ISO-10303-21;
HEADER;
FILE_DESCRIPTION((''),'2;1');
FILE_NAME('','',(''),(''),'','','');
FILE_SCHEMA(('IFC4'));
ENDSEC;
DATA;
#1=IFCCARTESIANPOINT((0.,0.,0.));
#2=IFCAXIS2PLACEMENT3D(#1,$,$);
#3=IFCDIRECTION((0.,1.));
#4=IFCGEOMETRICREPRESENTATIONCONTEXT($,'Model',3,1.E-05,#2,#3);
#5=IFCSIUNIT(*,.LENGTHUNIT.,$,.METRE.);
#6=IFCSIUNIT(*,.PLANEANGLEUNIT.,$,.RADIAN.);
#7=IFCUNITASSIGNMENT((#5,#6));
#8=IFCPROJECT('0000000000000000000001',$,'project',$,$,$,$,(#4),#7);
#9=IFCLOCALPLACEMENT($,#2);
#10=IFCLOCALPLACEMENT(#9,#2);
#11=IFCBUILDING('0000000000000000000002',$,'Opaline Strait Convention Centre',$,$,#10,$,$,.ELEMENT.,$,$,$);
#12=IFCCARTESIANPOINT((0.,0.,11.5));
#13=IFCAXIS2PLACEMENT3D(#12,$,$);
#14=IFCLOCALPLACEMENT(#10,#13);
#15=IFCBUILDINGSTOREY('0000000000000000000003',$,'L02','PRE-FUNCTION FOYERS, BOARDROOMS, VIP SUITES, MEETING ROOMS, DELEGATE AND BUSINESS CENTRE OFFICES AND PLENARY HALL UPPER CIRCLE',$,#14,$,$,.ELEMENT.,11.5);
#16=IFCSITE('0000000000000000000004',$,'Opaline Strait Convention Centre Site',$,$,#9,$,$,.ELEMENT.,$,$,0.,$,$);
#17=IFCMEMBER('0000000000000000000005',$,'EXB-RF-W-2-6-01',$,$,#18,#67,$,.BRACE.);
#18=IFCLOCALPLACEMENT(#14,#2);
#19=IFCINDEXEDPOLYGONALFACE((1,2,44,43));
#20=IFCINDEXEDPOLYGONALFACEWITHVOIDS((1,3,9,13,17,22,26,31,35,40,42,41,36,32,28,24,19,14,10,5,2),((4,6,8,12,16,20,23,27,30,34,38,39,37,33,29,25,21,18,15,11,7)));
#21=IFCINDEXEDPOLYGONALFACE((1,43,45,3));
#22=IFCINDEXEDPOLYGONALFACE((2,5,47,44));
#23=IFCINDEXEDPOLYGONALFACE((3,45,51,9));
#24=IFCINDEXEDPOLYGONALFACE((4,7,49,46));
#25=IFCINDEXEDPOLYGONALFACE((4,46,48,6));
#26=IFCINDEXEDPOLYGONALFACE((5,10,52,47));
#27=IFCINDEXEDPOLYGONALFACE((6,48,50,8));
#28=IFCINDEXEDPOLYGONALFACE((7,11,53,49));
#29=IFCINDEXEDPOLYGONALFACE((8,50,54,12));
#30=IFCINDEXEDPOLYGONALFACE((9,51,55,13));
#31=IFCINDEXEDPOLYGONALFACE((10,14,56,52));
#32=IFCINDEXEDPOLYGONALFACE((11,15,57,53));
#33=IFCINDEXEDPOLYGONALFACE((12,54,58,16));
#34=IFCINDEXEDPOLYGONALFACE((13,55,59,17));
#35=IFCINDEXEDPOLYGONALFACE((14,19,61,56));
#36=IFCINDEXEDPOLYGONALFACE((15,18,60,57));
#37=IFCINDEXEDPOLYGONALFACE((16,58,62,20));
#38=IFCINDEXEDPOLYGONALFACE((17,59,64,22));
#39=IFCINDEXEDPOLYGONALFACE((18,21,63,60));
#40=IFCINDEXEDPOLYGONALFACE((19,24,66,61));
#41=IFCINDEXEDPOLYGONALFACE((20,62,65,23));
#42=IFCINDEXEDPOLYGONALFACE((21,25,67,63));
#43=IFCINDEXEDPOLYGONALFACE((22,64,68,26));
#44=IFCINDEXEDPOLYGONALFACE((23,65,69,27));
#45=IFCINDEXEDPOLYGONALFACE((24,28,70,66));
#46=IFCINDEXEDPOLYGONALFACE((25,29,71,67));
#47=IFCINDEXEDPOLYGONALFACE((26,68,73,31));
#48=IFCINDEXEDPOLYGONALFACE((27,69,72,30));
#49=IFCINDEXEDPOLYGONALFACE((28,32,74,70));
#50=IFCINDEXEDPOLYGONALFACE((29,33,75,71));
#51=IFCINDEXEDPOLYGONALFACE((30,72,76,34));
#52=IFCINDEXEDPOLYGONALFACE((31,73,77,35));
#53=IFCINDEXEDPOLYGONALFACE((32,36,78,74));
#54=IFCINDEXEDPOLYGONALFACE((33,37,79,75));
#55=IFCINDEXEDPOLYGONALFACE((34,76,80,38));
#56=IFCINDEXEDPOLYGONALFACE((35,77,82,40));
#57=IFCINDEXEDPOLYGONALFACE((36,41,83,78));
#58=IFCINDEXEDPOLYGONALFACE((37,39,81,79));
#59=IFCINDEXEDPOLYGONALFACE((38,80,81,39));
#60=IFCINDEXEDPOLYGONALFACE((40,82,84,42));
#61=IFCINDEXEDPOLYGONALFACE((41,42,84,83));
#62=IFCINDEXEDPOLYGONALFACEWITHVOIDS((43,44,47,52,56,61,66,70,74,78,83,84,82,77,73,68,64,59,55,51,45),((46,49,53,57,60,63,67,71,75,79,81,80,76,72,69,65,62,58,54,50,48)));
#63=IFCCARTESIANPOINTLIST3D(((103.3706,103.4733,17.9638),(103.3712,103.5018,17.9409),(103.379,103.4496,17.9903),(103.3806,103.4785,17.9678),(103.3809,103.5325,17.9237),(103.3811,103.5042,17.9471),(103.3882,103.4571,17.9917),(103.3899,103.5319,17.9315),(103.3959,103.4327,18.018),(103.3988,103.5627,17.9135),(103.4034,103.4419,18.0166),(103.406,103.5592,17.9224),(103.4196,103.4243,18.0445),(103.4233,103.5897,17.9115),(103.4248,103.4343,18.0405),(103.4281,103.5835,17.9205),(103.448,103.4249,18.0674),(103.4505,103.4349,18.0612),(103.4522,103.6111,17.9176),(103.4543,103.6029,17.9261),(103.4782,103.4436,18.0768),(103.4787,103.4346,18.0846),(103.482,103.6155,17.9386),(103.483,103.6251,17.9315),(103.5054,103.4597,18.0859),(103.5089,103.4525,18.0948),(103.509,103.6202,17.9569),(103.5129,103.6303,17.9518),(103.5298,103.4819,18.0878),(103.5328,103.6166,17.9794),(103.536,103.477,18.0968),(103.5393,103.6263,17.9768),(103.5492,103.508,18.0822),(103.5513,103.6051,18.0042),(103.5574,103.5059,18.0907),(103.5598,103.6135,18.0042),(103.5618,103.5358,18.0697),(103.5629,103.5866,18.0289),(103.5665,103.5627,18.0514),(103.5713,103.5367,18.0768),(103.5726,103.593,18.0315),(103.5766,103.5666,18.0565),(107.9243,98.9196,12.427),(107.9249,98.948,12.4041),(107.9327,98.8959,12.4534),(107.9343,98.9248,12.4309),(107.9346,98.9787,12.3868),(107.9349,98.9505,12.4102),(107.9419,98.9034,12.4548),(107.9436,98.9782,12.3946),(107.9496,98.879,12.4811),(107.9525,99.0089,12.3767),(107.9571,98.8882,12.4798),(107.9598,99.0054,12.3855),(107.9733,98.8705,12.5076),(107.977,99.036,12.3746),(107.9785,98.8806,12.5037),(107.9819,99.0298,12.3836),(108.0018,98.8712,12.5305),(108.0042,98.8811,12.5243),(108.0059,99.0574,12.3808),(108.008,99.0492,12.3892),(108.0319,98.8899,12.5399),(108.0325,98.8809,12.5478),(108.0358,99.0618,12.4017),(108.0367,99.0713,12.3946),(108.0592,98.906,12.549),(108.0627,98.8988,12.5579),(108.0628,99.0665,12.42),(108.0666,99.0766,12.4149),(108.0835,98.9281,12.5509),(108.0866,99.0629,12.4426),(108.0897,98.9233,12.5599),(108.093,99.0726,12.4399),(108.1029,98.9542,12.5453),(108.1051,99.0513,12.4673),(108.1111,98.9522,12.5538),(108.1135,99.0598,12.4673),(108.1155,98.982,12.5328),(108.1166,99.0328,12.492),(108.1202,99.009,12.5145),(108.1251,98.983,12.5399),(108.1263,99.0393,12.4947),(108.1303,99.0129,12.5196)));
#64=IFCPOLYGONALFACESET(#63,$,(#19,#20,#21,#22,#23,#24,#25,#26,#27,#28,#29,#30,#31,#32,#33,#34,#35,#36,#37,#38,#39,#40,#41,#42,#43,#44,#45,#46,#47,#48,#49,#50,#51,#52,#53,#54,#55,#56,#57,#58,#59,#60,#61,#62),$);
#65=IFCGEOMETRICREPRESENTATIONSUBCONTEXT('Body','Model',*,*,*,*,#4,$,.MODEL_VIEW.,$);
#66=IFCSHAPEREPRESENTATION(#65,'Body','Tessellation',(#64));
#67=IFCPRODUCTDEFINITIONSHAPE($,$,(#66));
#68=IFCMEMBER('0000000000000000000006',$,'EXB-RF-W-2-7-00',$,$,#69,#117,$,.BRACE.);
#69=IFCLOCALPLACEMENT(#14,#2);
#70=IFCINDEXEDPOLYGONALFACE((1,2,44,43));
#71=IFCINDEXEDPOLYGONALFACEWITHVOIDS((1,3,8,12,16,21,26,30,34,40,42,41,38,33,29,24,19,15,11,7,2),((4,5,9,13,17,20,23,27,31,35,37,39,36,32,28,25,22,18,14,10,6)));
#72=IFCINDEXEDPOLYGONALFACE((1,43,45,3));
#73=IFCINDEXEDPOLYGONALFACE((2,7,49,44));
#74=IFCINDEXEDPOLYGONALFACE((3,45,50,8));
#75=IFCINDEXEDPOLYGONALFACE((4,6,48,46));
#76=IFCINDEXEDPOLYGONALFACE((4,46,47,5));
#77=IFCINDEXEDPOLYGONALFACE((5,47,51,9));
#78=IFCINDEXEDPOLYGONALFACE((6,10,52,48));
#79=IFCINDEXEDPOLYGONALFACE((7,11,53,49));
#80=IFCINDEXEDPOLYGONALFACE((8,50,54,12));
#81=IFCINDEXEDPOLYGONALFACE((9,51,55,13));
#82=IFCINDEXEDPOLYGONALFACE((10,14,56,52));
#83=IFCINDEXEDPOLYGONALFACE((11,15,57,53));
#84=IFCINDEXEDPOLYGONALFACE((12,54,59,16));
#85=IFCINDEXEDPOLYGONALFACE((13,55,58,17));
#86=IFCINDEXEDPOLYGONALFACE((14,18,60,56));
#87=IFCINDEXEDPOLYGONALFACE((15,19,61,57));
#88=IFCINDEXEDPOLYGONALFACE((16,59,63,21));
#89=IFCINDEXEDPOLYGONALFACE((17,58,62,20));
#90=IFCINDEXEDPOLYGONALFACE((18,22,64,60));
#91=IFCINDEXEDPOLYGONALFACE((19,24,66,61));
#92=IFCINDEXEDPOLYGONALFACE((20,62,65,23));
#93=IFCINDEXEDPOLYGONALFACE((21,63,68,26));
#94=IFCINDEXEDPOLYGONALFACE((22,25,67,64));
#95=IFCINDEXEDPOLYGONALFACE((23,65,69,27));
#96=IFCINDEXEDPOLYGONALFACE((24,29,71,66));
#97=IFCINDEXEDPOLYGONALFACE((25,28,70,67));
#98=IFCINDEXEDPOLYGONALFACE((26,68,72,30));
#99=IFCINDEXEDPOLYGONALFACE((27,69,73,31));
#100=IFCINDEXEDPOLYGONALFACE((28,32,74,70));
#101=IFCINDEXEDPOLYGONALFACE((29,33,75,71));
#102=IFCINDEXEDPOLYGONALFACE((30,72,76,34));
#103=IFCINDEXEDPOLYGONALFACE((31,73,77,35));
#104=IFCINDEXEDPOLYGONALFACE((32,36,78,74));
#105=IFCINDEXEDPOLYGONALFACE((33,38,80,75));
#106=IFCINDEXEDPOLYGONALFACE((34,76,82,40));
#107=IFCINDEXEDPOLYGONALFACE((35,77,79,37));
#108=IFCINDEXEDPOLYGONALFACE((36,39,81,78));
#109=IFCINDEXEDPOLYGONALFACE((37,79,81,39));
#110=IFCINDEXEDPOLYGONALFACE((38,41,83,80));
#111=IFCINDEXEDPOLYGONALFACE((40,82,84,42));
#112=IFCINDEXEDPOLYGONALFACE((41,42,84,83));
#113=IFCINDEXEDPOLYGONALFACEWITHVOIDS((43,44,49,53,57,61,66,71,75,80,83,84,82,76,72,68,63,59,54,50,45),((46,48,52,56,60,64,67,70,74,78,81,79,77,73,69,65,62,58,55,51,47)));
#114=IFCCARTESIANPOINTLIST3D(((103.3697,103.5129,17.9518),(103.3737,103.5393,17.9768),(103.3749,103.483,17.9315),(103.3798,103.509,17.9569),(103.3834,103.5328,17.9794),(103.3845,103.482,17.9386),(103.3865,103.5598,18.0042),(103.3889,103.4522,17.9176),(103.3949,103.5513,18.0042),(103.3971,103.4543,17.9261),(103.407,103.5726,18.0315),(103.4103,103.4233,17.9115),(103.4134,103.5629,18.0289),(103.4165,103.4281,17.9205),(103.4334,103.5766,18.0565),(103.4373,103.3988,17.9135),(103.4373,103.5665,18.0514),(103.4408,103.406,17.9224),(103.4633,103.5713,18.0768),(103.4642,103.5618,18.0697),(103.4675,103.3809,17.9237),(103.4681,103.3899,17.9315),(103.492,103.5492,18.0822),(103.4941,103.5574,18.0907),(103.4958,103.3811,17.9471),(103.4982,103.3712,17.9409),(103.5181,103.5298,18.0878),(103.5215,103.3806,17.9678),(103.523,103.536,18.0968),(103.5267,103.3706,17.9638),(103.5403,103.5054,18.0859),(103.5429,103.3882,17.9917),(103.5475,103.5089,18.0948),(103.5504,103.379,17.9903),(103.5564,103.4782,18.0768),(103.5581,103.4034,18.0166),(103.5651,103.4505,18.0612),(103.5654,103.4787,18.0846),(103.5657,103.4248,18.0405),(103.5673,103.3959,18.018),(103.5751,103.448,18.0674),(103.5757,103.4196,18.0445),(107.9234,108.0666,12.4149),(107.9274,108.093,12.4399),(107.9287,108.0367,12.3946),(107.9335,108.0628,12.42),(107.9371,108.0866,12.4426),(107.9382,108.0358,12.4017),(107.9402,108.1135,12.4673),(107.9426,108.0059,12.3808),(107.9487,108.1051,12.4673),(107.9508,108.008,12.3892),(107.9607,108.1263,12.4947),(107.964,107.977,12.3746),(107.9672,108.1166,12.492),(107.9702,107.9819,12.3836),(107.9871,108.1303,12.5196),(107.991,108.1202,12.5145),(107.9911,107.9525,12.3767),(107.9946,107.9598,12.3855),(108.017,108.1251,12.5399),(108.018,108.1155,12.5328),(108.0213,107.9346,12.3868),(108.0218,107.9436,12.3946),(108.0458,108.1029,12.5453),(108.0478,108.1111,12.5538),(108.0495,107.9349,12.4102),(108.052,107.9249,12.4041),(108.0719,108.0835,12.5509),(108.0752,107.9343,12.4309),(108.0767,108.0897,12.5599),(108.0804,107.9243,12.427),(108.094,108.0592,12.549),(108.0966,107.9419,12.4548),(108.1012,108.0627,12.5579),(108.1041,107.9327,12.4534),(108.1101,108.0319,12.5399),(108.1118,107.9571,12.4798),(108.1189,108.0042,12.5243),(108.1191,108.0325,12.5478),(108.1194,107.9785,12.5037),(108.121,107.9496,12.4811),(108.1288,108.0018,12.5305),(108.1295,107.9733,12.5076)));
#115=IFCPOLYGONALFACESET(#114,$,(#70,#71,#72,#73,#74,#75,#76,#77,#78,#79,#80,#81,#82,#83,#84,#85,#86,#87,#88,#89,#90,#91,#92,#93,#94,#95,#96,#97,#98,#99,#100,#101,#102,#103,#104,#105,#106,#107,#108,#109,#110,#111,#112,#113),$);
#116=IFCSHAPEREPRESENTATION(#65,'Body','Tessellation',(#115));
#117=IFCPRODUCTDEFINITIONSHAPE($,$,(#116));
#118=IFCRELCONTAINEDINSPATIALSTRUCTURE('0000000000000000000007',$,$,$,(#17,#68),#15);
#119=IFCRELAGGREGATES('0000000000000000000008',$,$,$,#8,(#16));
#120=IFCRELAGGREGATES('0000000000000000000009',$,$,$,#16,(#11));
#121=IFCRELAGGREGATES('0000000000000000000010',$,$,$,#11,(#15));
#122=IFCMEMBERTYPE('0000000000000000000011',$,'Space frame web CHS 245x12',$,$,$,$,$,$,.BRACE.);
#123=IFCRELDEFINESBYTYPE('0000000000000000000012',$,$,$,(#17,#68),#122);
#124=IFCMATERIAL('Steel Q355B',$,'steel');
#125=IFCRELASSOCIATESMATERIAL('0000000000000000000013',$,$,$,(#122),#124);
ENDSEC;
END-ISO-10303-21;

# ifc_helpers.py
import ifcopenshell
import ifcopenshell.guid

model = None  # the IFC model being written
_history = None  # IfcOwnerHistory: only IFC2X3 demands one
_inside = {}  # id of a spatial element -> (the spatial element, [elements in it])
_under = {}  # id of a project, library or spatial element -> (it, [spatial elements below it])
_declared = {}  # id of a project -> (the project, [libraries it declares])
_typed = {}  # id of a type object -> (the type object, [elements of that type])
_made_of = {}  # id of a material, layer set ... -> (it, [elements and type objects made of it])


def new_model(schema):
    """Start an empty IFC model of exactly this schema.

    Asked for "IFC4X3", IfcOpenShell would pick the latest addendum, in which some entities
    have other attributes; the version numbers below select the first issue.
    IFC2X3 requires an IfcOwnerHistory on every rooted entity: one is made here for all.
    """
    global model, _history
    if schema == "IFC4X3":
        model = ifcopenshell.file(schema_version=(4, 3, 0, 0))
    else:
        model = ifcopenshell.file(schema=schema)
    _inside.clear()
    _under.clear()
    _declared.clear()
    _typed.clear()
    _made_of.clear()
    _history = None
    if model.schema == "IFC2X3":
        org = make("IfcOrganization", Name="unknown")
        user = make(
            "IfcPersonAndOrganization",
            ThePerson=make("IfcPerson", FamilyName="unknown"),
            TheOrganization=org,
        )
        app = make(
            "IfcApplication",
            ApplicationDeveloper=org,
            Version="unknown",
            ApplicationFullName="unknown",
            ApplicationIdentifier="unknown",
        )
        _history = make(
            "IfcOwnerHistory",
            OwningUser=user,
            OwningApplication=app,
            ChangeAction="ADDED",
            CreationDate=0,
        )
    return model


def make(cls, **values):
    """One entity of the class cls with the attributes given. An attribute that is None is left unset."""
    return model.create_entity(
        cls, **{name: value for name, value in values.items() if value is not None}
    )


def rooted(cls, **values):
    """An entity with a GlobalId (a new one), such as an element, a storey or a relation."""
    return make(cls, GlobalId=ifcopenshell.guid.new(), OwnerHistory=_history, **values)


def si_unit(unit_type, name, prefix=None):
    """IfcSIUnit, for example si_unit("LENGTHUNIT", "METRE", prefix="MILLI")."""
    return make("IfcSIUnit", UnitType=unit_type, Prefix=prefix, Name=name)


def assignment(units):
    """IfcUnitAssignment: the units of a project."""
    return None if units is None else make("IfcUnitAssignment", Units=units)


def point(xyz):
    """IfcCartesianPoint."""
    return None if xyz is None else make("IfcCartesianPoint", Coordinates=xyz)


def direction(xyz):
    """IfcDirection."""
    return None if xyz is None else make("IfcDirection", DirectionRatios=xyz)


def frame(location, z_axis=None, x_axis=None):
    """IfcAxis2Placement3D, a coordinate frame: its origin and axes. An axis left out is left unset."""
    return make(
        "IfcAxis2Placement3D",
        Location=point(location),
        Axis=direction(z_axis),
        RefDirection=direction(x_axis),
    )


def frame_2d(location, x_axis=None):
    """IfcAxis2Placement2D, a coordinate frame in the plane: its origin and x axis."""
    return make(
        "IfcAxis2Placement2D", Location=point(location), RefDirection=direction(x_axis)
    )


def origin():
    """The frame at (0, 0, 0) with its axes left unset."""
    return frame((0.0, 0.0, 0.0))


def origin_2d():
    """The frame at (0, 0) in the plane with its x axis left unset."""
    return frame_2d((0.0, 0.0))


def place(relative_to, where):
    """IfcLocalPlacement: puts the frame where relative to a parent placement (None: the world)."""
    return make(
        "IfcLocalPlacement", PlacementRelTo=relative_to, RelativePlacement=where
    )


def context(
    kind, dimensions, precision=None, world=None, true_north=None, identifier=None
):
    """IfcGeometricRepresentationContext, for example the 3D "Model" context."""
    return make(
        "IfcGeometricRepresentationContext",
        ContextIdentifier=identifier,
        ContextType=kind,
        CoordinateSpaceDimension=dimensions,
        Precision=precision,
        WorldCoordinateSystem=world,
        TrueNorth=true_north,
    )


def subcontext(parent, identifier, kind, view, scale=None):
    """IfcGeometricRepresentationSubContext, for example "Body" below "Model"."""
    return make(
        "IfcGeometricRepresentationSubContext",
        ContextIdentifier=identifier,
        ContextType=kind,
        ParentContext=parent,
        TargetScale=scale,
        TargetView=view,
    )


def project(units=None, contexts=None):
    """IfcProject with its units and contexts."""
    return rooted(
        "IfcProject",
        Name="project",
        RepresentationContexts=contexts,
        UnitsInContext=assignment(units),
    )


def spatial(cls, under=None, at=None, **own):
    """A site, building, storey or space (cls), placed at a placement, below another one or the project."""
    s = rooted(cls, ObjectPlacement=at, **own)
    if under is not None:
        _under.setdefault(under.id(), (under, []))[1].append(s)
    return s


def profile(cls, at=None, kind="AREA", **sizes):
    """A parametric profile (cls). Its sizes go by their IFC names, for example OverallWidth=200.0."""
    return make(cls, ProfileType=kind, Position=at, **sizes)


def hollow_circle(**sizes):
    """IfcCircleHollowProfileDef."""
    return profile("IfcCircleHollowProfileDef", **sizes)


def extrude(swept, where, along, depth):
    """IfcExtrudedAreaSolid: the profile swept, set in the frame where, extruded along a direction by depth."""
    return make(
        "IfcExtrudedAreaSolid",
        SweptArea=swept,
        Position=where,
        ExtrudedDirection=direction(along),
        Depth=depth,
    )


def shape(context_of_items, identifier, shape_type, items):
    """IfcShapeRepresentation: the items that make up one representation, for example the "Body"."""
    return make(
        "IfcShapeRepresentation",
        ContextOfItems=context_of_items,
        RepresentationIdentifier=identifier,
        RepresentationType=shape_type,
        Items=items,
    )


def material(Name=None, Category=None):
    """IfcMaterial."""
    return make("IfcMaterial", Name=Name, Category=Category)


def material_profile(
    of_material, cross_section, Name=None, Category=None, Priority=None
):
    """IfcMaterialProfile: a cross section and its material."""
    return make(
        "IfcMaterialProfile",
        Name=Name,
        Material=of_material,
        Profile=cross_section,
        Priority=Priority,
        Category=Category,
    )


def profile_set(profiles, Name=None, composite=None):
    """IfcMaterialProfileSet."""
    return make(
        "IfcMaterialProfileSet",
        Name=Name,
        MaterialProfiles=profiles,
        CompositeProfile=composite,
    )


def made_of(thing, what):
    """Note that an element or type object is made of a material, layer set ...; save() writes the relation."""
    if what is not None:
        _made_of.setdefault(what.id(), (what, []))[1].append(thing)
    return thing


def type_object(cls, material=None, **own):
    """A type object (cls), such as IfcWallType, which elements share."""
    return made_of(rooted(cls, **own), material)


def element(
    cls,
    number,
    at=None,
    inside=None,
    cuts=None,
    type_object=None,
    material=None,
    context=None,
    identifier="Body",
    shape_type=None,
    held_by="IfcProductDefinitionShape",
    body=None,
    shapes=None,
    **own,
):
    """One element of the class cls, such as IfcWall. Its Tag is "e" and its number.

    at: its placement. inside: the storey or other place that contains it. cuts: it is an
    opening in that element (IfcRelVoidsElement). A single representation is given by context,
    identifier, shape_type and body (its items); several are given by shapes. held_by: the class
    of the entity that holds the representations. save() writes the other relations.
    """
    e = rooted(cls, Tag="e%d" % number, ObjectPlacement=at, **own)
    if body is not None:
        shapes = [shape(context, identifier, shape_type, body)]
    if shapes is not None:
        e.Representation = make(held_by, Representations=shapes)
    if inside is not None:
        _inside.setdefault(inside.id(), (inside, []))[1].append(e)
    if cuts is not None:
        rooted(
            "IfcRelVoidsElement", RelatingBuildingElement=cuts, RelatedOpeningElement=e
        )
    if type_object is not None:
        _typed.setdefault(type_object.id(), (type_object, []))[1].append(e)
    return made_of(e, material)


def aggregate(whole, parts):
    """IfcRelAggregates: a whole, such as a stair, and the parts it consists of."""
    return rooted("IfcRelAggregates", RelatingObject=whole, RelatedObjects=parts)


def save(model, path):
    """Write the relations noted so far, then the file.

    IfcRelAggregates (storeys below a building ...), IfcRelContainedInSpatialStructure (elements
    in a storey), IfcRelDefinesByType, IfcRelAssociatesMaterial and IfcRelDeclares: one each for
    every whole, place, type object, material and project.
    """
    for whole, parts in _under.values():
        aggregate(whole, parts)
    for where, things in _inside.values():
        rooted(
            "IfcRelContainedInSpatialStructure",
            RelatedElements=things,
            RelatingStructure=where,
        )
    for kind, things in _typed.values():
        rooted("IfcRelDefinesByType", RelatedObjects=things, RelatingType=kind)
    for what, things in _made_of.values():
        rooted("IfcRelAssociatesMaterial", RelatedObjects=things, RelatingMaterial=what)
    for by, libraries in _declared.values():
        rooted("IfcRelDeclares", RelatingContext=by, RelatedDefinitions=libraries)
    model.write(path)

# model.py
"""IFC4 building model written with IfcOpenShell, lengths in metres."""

from ifc_helpers import new_model, si_unit, direction, frame, origin, origin_2d, place, context, subcontext, project, spatial, hollow_circle, extrude, material, material_profile, profile_set, type_object, element, save


model = new_model("IFC4")

# Units and contexts
model_context = context("Model", 3, precision=1e-05, world=origin(), true_north=direction((0.0, 1.0)))
body_context = subcontext(model_context, "Body", "Model", "MODEL_VIEW")
ifc_project = project(units=[si_unit("LENGTHUNIT", "METRE"), si_unit("PLANEANGLEUNIT", "RADIAN")], contexts=[model_context])

# Site, building, storey
site_placement = place(None, origin())
site = spatial("IfcSite", under=ifc_project, at=site_placement, Name="Opaline Strait Convention Centre Site", CompositionType="ELEMENT", RefElevation=0.0)
building_placement = place(site_placement, origin())
building = spatial("IfcBuilding", under=site, at=building_placement, Name="Opaline Strait Convention Centre", CompositionType="ELEMENT")
storey_placement = place(building_placement, frame((0.0, 0.0, 11.5)))
storey = spatial("IfcBuildingStorey", under=building, at=storey_placement, Name="L02", Description="PRE-FUNCTION FOYERS, BOARDROOMS, VIP SUITES, MEETING ROOMS, DELEGATE AND BUSINESS CENTRE OFFICES AND PLENARY HALL UPPER CIRCLE", CompositionType="ELEMENT", Elevation=11.5)

# Members
ifc_material = material(Name="Steel Q355B", Category="steel")
ifc_material_profile_1 = material_profile(ifc_material, hollow_circle(Radius=0.1226, WallThickness=0.012, at=origin_2d()), Name="CHS 245x12")
ifc_profile_set_1 = profile_set([ifc_material_profile_1], Name="Steel Q355B")
member_type_1 = type_object("IfcMemberType", Name="Space frame web CHS 245x12", PredefinedType="BRACE", material=ifc_profile_set_1)
for number, where, z_axis, x_axis, name in (
    (1, (103.4731, 103.5269, 18.0042), (0.536178, -0.536178, -0.65194), (0.707107, 0.707107, 0.0), "EXB-RF-W-2-6-01"),
    (2, (103.4731, 103.4731, 18.0042), (0.536178, 0.536178, -0.65194), (-0.707107, 0.707107, 0.0), "EXB-RF-W-2-7-00"),
):
    element("IfcMember", number, at=place(storey_placement, frame(where, z_axis=z_axis, x_axis=x_axis)), inside=storey, type_object=member_type_1, Name=name, PredefinedType="BRACE", context=body_context, shape_type="SweptSolid", body=[
        extrude(hollow_circle(Radius=0.1226, WallThickness=0.012, at=origin_2d()), origin(), (0.0, 0.0, 1.0), 8.4929),
    ])

save(model, "model.ifc")
